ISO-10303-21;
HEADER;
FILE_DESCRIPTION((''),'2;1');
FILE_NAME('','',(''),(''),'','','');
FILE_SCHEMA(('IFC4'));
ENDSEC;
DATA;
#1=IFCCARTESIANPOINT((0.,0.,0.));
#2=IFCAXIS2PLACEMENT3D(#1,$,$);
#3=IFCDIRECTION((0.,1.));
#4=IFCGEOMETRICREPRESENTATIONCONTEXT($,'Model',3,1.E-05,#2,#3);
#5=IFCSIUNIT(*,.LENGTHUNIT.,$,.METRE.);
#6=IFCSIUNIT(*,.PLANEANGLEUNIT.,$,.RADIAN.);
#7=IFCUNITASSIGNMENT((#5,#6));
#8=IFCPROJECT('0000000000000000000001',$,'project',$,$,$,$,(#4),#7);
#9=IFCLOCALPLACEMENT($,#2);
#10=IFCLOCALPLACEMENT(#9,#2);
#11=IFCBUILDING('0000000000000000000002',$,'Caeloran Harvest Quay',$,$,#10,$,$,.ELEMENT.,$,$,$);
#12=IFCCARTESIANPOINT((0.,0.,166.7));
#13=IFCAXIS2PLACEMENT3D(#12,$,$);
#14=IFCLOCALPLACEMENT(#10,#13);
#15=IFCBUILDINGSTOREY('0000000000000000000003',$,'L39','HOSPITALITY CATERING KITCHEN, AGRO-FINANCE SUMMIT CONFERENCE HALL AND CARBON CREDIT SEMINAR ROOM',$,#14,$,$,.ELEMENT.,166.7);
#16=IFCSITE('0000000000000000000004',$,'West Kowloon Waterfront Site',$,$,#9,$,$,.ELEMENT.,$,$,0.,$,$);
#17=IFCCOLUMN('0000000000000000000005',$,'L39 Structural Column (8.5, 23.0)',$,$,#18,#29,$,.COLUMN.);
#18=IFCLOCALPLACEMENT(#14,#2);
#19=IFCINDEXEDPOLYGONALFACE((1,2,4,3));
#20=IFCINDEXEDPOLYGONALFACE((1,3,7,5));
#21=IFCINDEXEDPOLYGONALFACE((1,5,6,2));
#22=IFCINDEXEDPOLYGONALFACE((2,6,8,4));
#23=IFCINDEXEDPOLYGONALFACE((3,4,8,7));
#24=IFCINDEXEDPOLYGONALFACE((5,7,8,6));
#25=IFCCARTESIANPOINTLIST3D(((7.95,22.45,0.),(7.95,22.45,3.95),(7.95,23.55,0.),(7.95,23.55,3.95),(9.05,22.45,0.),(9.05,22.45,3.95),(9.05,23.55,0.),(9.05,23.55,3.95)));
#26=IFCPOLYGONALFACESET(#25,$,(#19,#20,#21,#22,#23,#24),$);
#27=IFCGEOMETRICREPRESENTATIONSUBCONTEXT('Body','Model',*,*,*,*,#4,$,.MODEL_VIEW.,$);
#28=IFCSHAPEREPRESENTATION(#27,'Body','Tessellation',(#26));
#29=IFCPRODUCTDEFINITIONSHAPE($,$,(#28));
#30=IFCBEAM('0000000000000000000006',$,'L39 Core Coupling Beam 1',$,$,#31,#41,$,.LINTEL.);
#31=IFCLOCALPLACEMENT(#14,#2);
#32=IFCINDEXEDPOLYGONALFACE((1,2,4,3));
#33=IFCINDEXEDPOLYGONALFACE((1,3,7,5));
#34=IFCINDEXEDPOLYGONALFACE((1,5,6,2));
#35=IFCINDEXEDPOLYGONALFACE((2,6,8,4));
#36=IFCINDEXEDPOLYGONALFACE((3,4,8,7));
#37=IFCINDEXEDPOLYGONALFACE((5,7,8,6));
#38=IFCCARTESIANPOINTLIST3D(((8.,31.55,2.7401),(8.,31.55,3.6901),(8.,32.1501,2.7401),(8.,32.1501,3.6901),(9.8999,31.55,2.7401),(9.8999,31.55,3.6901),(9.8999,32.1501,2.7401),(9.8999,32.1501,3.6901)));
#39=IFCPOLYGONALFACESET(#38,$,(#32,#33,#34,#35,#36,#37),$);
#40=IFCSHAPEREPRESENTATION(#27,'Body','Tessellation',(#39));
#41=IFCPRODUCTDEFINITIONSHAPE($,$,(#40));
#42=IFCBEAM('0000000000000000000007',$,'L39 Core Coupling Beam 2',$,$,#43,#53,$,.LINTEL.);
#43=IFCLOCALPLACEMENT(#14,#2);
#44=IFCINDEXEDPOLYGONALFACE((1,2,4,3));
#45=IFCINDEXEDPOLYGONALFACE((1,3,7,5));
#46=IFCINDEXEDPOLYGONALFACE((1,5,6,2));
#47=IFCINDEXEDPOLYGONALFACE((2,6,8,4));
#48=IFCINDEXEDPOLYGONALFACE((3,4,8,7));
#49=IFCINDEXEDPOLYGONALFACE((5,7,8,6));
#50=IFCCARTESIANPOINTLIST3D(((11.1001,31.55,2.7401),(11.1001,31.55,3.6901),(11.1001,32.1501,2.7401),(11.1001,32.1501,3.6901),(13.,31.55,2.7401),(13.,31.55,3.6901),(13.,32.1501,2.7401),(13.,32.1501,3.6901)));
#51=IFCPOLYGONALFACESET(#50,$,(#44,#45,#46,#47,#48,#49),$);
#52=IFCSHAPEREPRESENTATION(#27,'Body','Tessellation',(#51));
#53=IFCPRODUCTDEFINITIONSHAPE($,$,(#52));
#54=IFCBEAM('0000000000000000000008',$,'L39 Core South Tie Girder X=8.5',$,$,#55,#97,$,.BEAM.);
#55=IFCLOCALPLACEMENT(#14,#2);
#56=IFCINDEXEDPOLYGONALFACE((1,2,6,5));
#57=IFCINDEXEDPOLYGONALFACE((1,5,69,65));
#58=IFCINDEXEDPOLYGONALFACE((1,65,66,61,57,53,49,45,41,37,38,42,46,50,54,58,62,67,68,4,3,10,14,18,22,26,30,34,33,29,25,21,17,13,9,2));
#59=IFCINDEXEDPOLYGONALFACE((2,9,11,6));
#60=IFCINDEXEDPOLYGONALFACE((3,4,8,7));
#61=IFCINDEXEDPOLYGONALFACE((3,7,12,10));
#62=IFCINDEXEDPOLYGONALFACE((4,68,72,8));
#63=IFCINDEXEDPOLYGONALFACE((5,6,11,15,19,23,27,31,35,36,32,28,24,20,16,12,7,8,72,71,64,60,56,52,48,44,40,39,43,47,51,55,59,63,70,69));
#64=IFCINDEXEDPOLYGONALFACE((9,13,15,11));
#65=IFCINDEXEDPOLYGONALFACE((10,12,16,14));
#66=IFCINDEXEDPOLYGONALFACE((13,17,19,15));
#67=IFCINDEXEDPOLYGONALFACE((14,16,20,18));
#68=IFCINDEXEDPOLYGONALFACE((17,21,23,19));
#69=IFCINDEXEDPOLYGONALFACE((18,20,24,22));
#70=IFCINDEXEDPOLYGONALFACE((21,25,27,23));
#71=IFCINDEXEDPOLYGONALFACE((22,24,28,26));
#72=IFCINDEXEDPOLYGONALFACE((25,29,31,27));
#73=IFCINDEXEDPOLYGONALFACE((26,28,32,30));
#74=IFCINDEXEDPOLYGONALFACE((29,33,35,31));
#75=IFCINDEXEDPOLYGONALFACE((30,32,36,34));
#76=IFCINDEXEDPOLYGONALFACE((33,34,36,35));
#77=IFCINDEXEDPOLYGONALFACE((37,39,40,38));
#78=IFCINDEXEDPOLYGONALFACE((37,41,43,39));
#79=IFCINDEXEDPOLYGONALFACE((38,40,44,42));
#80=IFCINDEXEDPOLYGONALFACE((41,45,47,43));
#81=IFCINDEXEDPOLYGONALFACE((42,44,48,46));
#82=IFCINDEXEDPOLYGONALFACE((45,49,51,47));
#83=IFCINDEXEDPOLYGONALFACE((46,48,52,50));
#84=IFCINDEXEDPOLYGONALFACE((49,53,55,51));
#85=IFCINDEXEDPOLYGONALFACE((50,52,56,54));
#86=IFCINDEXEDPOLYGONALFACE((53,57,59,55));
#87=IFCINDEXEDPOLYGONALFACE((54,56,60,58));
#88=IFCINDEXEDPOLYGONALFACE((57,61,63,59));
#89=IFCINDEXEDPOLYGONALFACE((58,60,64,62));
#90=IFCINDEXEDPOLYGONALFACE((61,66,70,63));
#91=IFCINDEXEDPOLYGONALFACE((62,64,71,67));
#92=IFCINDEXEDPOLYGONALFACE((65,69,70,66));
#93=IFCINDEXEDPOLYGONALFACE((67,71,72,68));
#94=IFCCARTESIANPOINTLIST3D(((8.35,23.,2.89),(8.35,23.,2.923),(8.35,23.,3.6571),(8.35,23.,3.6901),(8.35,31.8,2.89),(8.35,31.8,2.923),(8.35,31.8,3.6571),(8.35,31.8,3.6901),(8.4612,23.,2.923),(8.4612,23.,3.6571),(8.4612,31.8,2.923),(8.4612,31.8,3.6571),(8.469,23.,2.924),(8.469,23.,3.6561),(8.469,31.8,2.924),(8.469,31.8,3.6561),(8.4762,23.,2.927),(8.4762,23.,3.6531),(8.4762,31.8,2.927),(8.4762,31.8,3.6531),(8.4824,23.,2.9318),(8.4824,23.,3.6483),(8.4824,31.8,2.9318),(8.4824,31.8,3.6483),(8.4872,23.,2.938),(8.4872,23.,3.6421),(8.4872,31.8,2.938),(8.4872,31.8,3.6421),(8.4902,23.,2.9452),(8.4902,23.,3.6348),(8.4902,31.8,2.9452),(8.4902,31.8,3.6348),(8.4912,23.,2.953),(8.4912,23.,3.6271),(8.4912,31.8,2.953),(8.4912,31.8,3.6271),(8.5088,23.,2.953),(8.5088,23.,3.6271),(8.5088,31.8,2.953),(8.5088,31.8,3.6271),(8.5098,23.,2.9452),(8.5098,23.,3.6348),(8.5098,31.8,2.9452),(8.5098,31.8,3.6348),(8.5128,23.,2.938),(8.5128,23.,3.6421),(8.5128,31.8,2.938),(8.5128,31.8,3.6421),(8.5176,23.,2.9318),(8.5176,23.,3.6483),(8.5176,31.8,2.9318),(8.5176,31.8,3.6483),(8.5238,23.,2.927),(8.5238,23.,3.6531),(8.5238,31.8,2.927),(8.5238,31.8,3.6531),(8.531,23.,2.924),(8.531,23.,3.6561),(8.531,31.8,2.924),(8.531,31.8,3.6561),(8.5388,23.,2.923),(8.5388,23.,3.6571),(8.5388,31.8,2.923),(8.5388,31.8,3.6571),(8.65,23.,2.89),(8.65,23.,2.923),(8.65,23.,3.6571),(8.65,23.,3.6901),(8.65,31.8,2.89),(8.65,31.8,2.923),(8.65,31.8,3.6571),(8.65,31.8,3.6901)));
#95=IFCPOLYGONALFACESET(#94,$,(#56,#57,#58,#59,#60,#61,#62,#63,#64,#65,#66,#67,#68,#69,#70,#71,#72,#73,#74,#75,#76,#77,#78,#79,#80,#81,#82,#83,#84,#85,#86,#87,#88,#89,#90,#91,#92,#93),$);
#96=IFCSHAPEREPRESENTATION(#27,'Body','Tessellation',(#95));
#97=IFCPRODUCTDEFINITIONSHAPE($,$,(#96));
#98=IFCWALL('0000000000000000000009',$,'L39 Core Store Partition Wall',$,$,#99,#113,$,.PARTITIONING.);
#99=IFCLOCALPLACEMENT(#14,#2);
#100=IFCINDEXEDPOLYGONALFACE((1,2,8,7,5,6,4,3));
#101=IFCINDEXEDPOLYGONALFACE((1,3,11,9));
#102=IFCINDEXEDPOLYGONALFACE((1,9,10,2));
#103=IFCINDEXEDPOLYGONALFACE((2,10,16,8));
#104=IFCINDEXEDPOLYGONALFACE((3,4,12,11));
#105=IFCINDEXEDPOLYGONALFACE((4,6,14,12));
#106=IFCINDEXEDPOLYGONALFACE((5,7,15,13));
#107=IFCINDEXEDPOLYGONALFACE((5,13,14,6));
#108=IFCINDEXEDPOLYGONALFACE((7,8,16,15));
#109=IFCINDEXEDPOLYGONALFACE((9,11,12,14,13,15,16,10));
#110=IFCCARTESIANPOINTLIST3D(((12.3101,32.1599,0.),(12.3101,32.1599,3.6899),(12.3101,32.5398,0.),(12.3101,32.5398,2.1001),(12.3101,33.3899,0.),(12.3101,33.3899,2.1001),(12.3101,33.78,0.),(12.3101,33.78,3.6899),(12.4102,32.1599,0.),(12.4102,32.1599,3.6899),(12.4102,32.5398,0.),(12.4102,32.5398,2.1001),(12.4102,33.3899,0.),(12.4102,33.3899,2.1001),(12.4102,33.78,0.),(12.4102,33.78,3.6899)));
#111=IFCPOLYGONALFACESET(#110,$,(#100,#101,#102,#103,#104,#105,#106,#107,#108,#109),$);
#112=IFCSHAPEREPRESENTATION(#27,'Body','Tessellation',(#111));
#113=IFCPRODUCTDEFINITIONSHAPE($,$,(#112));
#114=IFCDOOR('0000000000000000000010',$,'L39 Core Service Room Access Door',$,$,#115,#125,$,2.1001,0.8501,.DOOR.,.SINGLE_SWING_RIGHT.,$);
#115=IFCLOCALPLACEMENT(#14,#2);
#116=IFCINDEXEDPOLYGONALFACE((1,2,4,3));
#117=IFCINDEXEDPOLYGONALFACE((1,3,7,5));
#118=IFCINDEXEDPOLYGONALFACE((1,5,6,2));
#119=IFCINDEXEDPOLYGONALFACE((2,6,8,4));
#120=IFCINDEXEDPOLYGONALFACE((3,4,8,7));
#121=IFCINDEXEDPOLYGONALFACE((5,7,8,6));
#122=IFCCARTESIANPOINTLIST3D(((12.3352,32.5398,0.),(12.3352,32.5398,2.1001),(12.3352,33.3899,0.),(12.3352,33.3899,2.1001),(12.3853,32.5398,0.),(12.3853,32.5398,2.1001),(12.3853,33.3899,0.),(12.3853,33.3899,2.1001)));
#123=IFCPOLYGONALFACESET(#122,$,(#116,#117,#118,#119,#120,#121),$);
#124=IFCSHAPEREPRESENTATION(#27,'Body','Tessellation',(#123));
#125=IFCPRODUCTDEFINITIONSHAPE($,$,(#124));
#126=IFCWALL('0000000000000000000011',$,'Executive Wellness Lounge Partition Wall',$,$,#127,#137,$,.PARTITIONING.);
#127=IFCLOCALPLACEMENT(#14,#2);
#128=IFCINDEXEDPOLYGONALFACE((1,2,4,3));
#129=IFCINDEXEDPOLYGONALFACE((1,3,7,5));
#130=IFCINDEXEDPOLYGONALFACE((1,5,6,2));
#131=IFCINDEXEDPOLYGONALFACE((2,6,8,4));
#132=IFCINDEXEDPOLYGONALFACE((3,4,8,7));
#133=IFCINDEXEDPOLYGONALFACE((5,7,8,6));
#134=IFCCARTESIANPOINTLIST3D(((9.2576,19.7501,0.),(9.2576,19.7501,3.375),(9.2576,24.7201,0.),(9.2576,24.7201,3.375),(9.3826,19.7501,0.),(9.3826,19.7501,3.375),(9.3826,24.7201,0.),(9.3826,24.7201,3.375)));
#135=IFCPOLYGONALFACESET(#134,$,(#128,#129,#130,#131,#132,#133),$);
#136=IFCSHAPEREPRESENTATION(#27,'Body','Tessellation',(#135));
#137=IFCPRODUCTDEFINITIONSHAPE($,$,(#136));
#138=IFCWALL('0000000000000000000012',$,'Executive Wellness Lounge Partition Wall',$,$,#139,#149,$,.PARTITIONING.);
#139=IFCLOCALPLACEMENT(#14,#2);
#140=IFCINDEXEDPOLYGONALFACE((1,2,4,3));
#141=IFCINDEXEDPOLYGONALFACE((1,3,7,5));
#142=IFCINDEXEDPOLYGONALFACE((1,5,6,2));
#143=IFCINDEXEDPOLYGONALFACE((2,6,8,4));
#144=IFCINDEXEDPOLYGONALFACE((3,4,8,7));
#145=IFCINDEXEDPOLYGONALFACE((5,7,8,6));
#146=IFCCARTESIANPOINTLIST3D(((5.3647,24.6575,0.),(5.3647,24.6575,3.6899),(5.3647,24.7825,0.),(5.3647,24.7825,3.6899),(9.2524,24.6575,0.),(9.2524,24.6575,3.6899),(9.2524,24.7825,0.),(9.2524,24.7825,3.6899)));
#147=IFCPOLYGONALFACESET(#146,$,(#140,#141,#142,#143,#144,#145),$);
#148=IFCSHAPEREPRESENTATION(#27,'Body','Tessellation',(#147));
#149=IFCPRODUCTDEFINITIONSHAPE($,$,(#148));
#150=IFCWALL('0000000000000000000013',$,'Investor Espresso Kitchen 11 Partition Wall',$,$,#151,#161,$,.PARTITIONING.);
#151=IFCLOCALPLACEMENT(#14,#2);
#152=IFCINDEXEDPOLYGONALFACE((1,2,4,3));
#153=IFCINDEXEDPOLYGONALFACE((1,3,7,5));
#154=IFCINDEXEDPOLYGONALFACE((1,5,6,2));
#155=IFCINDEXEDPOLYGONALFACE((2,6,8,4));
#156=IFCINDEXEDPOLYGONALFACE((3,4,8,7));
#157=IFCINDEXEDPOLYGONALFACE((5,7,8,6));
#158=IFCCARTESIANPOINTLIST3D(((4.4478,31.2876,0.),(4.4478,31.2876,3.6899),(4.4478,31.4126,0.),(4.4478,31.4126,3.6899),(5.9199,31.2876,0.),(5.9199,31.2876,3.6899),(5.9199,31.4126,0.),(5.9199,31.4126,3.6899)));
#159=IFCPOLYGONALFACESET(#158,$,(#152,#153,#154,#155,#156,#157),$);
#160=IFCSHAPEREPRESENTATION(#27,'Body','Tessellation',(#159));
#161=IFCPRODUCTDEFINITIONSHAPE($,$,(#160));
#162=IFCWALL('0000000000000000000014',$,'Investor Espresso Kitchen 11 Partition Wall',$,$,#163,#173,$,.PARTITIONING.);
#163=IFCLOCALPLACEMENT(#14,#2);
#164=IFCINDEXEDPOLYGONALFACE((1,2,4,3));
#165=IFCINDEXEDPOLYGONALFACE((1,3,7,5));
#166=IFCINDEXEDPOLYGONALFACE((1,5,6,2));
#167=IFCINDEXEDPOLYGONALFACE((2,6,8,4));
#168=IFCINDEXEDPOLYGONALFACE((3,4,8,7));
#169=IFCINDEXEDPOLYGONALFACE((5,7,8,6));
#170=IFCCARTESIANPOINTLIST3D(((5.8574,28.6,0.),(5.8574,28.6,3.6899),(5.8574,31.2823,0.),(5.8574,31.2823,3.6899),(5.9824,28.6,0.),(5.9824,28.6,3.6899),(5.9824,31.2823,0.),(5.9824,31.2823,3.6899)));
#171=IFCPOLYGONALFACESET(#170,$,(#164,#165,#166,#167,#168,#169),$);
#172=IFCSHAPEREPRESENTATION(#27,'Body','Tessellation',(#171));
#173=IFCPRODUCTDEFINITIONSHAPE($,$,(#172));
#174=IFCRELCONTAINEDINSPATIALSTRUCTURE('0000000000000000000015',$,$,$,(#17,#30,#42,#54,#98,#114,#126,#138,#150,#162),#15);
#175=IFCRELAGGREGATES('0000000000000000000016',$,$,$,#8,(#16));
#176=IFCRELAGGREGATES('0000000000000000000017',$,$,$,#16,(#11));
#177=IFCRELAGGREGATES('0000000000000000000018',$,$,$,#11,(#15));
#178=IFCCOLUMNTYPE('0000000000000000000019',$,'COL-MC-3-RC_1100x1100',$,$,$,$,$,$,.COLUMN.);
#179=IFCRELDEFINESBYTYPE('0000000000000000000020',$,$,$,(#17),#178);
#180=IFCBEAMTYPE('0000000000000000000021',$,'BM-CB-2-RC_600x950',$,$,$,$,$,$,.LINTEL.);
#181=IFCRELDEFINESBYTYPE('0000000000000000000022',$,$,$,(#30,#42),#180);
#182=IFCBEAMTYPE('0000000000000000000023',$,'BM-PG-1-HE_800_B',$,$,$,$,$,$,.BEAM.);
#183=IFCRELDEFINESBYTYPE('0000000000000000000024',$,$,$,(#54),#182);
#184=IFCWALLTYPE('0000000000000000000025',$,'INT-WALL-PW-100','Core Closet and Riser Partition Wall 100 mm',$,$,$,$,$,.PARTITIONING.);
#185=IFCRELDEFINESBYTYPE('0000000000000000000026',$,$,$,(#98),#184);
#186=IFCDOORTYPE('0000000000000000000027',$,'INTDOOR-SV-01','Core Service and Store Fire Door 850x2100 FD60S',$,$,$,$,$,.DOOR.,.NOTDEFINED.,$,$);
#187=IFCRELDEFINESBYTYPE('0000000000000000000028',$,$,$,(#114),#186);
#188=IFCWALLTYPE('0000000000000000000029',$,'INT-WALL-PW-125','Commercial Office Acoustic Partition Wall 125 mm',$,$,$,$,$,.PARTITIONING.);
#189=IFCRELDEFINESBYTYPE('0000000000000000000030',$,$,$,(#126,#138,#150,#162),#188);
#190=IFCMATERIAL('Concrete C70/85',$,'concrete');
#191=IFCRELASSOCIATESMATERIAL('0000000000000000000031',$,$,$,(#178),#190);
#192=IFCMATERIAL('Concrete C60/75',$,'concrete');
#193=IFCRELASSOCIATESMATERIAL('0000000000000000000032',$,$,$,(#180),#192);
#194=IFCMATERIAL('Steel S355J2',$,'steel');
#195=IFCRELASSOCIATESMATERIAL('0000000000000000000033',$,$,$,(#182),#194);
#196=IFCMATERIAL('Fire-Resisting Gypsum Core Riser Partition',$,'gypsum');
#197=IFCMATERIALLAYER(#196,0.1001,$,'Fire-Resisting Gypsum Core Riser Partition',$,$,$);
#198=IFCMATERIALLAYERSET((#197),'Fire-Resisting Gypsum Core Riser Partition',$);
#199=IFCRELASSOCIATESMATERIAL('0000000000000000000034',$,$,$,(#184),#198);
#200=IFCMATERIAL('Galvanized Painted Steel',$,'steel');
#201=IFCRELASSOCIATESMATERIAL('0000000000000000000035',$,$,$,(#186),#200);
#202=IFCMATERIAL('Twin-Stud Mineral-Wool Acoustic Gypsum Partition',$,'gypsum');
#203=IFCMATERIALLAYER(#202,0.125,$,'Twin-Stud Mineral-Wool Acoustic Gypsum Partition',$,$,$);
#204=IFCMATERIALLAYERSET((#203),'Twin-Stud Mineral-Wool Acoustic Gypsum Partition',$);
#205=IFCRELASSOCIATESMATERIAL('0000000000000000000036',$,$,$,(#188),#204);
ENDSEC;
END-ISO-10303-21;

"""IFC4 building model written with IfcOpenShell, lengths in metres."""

from ifc_helpers import new_model, si_unit, direction, frame, frame_2d, origin, origin_2d, place, context, subcontext, project, spatial, rectangle, i_section, extrude, material, layer, layer_set, material_profile, profile_set, type_object, element, fill, save


model = new_model("IFC4")

# Units and contexts
model_context = context("Model", 3, precision=1e-05, world=origin(), true_north=direction((0.0, 1.0)))
body_context = subcontext(model_context, "Body", "Model", "MODEL_VIEW")
ifc_project = project(units=[si_unit("LENGTHUNIT", "METRE"), si_unit("PLANEANGLEUNIT", "RADIAN")], contexts=[model_context])

# Site, building, storey
site_placement = place(None, origin())
site = spatial("IfcSite", under=ifc_project, at=site_placement, Name="West Kowloon Waterfront Site", CompositionType="ELEMENT", RefElevation=0.0)
building_placement = place(site_placement, origin())
building = spatial("IfcBuilding", under=site, at=building_placement, Name="Caeloran Harvest Quay", CompositionType="ELEMENT")
storey_placement = place(building_placement, frame((0.0, 0.0, 166.7)))
storey = spatial("IfcBuildingStorey", under=building, at=storey_placement, Name="L39", Description="HOSPITALITY CATERING KITCHEN, AGRO-FINANCE SUMMIT CONFERENCE HALL AND CARBON CREDIT SEMINAR ROOM", CompositionType="ELEMENT", Elevation=166.7)

# Column
ifc_material_1 = material(Name="Concrete C70/85", Category="concrete")
ifc_material_profile_1 = material_profile(ifc_material_1, rectangle(XDim=1.1001, YDim=1.1001, at=origin_2d()), Name="RC 1100x1100")
ifc_profile_set_1 = profile_set([ifc_material_profile_1], Name="Concrete C70/85")
column_type = type_object("IfcColumnType", Name="COL-MC-3-RC_1100x1100", PredefinedType="COLUMN", material=ifc_profile_set_1)
column_placement = place(storey_placement, frame((8.5, 23.0, 0.0), z_axis=(0.0, 0.0, 1.0), x_axis=(1.0, 0.0, 0.0)))
element("IfcColumn", 1, at=column_placement, inside=storey, type_object=column_type, Name="L39 Structural Column (8.5, 23.0)", PredefinedType="COLUMN", context=body_context, shape_type="SweptSolid", body=[
    extrude(rectangle(XDim=1.1001, YDim=1.1001, at=origin_2d()), origin(), (0.0, 0.0, 1.0), 3.95),
])

# Beams
ifc_material_2 = material(Name="Concrete C60/75", Category="concrete")
ifc_material_profile_2 = material_profile(ifc_material_2, rectangle(XDim=0.6001, YDim=0.95, at=origin_2d()), Name="RC 600x950")
ifc_profile_set_2 = profile_set([ifc_material_profile_2], Name="Concrete C60/75")
beam_type_1 = type_object("IfcBeamType", Name="BM-CB-2-RC_600x950", PredefinedType="LINTEL", material=ifc_profile_set_2)
for number, where, z_axis, x_axis, name in (
    (2, (8.0, 31.8501, 3.2151), (1.0, 0.0, 0.0), (0.0, 1.0, 0.0), "L39 Core Coupling Beam 1"),
    (3, (11.1001, 31.8501, 3.2151), (1.0, 0.0, 0.0), (0.0, 1.0, 0.0), "L39 Core Coupling Beam 2"),
):
    element("IfcBeam", number, at=place(storey_placement, frame(where, z_axis=z_axis, x_axis=x_axis)), inside=storey, type_object=beam_type_1, Name=name, PredefinedType="LINTEL", context=body_context, shape_type="SweptSolid", body=[
        extrude(rectangle(XDim=0.6001, YDim=0.95, at=origin_2d()), origin(), (0.0, 0.0, 1.0), 1.8999),
    ])
ifc_material_3 = material(Name="Steel S355J2", Category="steel")
ifc_material_profile_3 = material_profile(ifc_material_3, i_section(OverallWidth=0.3, OverallDepth=0.8, WebThickness=0.0176, FlangeThickness=0.033, FilletRadius=0.03, at=origin_2d()), Name="HE 800 B")
ifc_profile_set_3 = profile_set([ifc_material_profile_3], Name="Steel S355J2")
beam_type_2 = type_object("IfcBeamType", Name="BM-PG-1-HE_800_B", PredefinedType="BEAM", material=ifc_profile_set_3)
beam_placement = place(storey_placement, frame((8.5, 23.0, 3.29), z_axis=(0.0, 1.0, 0.0), x_axis=(-1.0, 0.0, 0.0)))
element("IfcBeam", 4, at=beam_placement, inside=storey, type_object=beam_type_2, Name="L39 Core South Tie Girder X=8.5", PredefinedType="BEAM", context=body_context, shape_type="SweptSolid", body=[
    extrude(i_section(OverallWidth=0.3, OverallDepth=0.8, WebThickness=0.0176, FlangeThickness=0.033, FilletRadius=0.03, at=origin_2d()), origin(), (0.0, 0.0, 1.0), 8.8),
])

# Wall, opening, door
ifc_material_4 = material(Name="Fire-Resisting Gypsum Core Riser Partition", Category="gypsum")
ifc_layer_1 = layer(ifc_material_4, 0.1001, Name="Fire-Resisting Gypsum Core Riser Partition")
ifc_layer_set_1 = layer_set([ifc_layer_1], Name="Fire-Resisting Gypsum Core Riser Partition")
wall_type_1 = type_object("IfcWallType", Name="INT-WALL-PW-100", Description="Core Closet and Riser Partition Wall 100 mm", PredefinedType="PARTITIONING", material=ifc_layer_set_1)
wall_1_placement = place(storey_placement, frame((12.3601, 32.1599, 0.0), z_axis=(0.0, 0.0, 1.0), x_axis=(0.0, 1.0, 0.0)))
wall_1 = element("IfcWall", 5, at=wall_1_placement, inside=storey, type_object=wall_type_1, Name="L39 Core Store Partition Wall", PredefinedType="PARTITIONING", context=body_context, shape_type="SweptSolid", body=[
    extrude(rectangle(XDim=1.6201, YDim=0.1001, at=frame_2d((0.8101, 0.0))), origin(), (0.0, 0.0, 1.0), 3.6899),
])
opening_1_placement = place(wall_1_placement, frame((0.3799, 0.0, 0.0)))
opening_1 = element("IfcOpeningElement", 6, at=opening_1_placement, cuts=wall_1, PredefinedType="OPENING", context=body_context, shape_type="SweptSolid", body=[
    extrude(rectangle(XDim=0.8501, YDim=2.1001, at=frame_2d((0.425, 1.05))), frame((0.0, 0.0601, 0.0), z_axis=(0.0, -1.0, 0.0), x_axis=(1.0, 0.0, 0.0)), (0.0, 0.0, 1.0), 0.1201),
])
ifc_material_5 = material(Name="Galvanized Painted Steel", Category="steel")
door_type_1 = type_object("IfcDoorType", Name="INTDOOR-SV-01", Description="Core Service and Store Fire Door 850x2100 FD60S", OperationType="NOTDEFINED", PredefinedType="DOOR", material=ifc_material_5)
door_1_placement = place(opening_1_placement, origin())
door_1 = element("IfcDoor", 7, at=door_1_placement, inside=storey, type_object=door_type_1, Name="L39 Core Service Room Access Door", OperationType="SINGLE_SWING_RIGHT", OverallHeight=2.1001, OverallWidth=0.8501, PredefinedType="DOOR", context=body_context, shape_type="SweptSolid", body=[
    extrude(rectangle(XDim=0.8501, YDim=2.1001, at=frame_2d((0.425, 1.05))), frame((0.0, 0.0249, 0.0), z_axis=(0.0, -1.0, 0.0), x_axis=(1.0, 0.0, 0.0)), (0.0, 0.0, 1.0), 0.05),
])
fill(opening_1, door_1)

# Walls
ifc_material_6 = material(Name="Twin-Stud Mineral-Wool Acoustic Gypsum Partition", Category="gypsum")
ifc_layer_2 = layer(ifc_material_6, 0.125, Name="Twin-Stud Mineral-Wool Acoustic Gypsum Partition")
ifc_layer_set_2 = layer_set([ifc_layer_2], Name="Twin-Stud Mineral-Wool Acoustic Gypsum Partition")
wall_type_2 = type_object("IfcWallType", Name="INT-WALL-PW-125", Description="Commercial Office Acoustic Partition Wall 125 mm", PredefinedType="PARTITIONING", material=ifc_layer_set_2)
wall_2_placement = place(storey_placement, frame((9.3201, 24.72, 0.0), z_axis=(0.0, 0.0, 1.0), x_axis=(0.0, -1.0, 0.0)))
element("IfcWall", 8, at=wall_2_placement, inside=storey, type_object=wall_type_2, Name="Executive Wellness Lounge Partition Wall", PredefinedType="PARTITIONING", context=body_context, shape_type="SweptSolid", body=[
    extrude(rectangle(XDim=4.97, YDim=0.125, at=frame_2d((2.4849, 0.0))), origin(), (0.0, 0.0, 1.0), 3.375),
])
wall_3_placement = place(storey_placement, frame((5.3647, 24.72, 0.0), z_axis=(0.0, 0.0, 1.0), x_axis=(1.0, 0.0, 0.0)))
element("IfcWall", 9, at=wall_3_placement, inside=storey, type_object=wall_type_2, Name="Executive Wellness Lounge Partition Wall", PredefinedType="PARTITIONING", context=body_context, shape_type="SweptSolid", body=[
    extrude(rectangle(XDim=3.8877, YDim=0.125, at=frame_2d((1.9438, 0.0))), origin(), (0.0, 0.0, 1.0), 3.6899),
])
wall_4_placement = place(storey_placement, frame((4.4478, 31.3501, 0.0), z_axis=(0.0, 0.0, 1.0), x_axis=(1.0, 0.0, 0.0)))
element("IfcWall", 10, at=wall_4_placement, inside=storey, type_object=wall_type_2, Name="Investor Espresso Kitchen 11 Partition Wall", PredefinedType="PARTITIONING", context=body_context, shape_type="SweptSolid", body=[
    extrude(rectangle(XDim=1.4722, YDim=0.125, at=frame_2d((0.7361, 0.0))), origin(), (0.0, 0.0, 1.0), 3.6899),
])
wall_5_placement = place(storey_placement, frame((5.9199, 31.2825, 0.0), z_axis=(0.0, 0.0, 1.0), x_axis=(0.0, -1.0, 0.0)))
element("IfcWall", 11, at=wall_5_placement, inside=storey, type_object=wall_type_2, Name="Investor Espresso Kitchen 11 Partition Wall", PredefinedType="PARTITIONING", context=body_context, shape_type="SweptSolid", body=[
    extrude(rectangle(XDim=2.6824, YDim=0.125, at=frame_2d((1.3413, 0.0))), origin(), (0.0, 0.0, 1.0), 3.6899),
])

save(model, "model.ifc")
